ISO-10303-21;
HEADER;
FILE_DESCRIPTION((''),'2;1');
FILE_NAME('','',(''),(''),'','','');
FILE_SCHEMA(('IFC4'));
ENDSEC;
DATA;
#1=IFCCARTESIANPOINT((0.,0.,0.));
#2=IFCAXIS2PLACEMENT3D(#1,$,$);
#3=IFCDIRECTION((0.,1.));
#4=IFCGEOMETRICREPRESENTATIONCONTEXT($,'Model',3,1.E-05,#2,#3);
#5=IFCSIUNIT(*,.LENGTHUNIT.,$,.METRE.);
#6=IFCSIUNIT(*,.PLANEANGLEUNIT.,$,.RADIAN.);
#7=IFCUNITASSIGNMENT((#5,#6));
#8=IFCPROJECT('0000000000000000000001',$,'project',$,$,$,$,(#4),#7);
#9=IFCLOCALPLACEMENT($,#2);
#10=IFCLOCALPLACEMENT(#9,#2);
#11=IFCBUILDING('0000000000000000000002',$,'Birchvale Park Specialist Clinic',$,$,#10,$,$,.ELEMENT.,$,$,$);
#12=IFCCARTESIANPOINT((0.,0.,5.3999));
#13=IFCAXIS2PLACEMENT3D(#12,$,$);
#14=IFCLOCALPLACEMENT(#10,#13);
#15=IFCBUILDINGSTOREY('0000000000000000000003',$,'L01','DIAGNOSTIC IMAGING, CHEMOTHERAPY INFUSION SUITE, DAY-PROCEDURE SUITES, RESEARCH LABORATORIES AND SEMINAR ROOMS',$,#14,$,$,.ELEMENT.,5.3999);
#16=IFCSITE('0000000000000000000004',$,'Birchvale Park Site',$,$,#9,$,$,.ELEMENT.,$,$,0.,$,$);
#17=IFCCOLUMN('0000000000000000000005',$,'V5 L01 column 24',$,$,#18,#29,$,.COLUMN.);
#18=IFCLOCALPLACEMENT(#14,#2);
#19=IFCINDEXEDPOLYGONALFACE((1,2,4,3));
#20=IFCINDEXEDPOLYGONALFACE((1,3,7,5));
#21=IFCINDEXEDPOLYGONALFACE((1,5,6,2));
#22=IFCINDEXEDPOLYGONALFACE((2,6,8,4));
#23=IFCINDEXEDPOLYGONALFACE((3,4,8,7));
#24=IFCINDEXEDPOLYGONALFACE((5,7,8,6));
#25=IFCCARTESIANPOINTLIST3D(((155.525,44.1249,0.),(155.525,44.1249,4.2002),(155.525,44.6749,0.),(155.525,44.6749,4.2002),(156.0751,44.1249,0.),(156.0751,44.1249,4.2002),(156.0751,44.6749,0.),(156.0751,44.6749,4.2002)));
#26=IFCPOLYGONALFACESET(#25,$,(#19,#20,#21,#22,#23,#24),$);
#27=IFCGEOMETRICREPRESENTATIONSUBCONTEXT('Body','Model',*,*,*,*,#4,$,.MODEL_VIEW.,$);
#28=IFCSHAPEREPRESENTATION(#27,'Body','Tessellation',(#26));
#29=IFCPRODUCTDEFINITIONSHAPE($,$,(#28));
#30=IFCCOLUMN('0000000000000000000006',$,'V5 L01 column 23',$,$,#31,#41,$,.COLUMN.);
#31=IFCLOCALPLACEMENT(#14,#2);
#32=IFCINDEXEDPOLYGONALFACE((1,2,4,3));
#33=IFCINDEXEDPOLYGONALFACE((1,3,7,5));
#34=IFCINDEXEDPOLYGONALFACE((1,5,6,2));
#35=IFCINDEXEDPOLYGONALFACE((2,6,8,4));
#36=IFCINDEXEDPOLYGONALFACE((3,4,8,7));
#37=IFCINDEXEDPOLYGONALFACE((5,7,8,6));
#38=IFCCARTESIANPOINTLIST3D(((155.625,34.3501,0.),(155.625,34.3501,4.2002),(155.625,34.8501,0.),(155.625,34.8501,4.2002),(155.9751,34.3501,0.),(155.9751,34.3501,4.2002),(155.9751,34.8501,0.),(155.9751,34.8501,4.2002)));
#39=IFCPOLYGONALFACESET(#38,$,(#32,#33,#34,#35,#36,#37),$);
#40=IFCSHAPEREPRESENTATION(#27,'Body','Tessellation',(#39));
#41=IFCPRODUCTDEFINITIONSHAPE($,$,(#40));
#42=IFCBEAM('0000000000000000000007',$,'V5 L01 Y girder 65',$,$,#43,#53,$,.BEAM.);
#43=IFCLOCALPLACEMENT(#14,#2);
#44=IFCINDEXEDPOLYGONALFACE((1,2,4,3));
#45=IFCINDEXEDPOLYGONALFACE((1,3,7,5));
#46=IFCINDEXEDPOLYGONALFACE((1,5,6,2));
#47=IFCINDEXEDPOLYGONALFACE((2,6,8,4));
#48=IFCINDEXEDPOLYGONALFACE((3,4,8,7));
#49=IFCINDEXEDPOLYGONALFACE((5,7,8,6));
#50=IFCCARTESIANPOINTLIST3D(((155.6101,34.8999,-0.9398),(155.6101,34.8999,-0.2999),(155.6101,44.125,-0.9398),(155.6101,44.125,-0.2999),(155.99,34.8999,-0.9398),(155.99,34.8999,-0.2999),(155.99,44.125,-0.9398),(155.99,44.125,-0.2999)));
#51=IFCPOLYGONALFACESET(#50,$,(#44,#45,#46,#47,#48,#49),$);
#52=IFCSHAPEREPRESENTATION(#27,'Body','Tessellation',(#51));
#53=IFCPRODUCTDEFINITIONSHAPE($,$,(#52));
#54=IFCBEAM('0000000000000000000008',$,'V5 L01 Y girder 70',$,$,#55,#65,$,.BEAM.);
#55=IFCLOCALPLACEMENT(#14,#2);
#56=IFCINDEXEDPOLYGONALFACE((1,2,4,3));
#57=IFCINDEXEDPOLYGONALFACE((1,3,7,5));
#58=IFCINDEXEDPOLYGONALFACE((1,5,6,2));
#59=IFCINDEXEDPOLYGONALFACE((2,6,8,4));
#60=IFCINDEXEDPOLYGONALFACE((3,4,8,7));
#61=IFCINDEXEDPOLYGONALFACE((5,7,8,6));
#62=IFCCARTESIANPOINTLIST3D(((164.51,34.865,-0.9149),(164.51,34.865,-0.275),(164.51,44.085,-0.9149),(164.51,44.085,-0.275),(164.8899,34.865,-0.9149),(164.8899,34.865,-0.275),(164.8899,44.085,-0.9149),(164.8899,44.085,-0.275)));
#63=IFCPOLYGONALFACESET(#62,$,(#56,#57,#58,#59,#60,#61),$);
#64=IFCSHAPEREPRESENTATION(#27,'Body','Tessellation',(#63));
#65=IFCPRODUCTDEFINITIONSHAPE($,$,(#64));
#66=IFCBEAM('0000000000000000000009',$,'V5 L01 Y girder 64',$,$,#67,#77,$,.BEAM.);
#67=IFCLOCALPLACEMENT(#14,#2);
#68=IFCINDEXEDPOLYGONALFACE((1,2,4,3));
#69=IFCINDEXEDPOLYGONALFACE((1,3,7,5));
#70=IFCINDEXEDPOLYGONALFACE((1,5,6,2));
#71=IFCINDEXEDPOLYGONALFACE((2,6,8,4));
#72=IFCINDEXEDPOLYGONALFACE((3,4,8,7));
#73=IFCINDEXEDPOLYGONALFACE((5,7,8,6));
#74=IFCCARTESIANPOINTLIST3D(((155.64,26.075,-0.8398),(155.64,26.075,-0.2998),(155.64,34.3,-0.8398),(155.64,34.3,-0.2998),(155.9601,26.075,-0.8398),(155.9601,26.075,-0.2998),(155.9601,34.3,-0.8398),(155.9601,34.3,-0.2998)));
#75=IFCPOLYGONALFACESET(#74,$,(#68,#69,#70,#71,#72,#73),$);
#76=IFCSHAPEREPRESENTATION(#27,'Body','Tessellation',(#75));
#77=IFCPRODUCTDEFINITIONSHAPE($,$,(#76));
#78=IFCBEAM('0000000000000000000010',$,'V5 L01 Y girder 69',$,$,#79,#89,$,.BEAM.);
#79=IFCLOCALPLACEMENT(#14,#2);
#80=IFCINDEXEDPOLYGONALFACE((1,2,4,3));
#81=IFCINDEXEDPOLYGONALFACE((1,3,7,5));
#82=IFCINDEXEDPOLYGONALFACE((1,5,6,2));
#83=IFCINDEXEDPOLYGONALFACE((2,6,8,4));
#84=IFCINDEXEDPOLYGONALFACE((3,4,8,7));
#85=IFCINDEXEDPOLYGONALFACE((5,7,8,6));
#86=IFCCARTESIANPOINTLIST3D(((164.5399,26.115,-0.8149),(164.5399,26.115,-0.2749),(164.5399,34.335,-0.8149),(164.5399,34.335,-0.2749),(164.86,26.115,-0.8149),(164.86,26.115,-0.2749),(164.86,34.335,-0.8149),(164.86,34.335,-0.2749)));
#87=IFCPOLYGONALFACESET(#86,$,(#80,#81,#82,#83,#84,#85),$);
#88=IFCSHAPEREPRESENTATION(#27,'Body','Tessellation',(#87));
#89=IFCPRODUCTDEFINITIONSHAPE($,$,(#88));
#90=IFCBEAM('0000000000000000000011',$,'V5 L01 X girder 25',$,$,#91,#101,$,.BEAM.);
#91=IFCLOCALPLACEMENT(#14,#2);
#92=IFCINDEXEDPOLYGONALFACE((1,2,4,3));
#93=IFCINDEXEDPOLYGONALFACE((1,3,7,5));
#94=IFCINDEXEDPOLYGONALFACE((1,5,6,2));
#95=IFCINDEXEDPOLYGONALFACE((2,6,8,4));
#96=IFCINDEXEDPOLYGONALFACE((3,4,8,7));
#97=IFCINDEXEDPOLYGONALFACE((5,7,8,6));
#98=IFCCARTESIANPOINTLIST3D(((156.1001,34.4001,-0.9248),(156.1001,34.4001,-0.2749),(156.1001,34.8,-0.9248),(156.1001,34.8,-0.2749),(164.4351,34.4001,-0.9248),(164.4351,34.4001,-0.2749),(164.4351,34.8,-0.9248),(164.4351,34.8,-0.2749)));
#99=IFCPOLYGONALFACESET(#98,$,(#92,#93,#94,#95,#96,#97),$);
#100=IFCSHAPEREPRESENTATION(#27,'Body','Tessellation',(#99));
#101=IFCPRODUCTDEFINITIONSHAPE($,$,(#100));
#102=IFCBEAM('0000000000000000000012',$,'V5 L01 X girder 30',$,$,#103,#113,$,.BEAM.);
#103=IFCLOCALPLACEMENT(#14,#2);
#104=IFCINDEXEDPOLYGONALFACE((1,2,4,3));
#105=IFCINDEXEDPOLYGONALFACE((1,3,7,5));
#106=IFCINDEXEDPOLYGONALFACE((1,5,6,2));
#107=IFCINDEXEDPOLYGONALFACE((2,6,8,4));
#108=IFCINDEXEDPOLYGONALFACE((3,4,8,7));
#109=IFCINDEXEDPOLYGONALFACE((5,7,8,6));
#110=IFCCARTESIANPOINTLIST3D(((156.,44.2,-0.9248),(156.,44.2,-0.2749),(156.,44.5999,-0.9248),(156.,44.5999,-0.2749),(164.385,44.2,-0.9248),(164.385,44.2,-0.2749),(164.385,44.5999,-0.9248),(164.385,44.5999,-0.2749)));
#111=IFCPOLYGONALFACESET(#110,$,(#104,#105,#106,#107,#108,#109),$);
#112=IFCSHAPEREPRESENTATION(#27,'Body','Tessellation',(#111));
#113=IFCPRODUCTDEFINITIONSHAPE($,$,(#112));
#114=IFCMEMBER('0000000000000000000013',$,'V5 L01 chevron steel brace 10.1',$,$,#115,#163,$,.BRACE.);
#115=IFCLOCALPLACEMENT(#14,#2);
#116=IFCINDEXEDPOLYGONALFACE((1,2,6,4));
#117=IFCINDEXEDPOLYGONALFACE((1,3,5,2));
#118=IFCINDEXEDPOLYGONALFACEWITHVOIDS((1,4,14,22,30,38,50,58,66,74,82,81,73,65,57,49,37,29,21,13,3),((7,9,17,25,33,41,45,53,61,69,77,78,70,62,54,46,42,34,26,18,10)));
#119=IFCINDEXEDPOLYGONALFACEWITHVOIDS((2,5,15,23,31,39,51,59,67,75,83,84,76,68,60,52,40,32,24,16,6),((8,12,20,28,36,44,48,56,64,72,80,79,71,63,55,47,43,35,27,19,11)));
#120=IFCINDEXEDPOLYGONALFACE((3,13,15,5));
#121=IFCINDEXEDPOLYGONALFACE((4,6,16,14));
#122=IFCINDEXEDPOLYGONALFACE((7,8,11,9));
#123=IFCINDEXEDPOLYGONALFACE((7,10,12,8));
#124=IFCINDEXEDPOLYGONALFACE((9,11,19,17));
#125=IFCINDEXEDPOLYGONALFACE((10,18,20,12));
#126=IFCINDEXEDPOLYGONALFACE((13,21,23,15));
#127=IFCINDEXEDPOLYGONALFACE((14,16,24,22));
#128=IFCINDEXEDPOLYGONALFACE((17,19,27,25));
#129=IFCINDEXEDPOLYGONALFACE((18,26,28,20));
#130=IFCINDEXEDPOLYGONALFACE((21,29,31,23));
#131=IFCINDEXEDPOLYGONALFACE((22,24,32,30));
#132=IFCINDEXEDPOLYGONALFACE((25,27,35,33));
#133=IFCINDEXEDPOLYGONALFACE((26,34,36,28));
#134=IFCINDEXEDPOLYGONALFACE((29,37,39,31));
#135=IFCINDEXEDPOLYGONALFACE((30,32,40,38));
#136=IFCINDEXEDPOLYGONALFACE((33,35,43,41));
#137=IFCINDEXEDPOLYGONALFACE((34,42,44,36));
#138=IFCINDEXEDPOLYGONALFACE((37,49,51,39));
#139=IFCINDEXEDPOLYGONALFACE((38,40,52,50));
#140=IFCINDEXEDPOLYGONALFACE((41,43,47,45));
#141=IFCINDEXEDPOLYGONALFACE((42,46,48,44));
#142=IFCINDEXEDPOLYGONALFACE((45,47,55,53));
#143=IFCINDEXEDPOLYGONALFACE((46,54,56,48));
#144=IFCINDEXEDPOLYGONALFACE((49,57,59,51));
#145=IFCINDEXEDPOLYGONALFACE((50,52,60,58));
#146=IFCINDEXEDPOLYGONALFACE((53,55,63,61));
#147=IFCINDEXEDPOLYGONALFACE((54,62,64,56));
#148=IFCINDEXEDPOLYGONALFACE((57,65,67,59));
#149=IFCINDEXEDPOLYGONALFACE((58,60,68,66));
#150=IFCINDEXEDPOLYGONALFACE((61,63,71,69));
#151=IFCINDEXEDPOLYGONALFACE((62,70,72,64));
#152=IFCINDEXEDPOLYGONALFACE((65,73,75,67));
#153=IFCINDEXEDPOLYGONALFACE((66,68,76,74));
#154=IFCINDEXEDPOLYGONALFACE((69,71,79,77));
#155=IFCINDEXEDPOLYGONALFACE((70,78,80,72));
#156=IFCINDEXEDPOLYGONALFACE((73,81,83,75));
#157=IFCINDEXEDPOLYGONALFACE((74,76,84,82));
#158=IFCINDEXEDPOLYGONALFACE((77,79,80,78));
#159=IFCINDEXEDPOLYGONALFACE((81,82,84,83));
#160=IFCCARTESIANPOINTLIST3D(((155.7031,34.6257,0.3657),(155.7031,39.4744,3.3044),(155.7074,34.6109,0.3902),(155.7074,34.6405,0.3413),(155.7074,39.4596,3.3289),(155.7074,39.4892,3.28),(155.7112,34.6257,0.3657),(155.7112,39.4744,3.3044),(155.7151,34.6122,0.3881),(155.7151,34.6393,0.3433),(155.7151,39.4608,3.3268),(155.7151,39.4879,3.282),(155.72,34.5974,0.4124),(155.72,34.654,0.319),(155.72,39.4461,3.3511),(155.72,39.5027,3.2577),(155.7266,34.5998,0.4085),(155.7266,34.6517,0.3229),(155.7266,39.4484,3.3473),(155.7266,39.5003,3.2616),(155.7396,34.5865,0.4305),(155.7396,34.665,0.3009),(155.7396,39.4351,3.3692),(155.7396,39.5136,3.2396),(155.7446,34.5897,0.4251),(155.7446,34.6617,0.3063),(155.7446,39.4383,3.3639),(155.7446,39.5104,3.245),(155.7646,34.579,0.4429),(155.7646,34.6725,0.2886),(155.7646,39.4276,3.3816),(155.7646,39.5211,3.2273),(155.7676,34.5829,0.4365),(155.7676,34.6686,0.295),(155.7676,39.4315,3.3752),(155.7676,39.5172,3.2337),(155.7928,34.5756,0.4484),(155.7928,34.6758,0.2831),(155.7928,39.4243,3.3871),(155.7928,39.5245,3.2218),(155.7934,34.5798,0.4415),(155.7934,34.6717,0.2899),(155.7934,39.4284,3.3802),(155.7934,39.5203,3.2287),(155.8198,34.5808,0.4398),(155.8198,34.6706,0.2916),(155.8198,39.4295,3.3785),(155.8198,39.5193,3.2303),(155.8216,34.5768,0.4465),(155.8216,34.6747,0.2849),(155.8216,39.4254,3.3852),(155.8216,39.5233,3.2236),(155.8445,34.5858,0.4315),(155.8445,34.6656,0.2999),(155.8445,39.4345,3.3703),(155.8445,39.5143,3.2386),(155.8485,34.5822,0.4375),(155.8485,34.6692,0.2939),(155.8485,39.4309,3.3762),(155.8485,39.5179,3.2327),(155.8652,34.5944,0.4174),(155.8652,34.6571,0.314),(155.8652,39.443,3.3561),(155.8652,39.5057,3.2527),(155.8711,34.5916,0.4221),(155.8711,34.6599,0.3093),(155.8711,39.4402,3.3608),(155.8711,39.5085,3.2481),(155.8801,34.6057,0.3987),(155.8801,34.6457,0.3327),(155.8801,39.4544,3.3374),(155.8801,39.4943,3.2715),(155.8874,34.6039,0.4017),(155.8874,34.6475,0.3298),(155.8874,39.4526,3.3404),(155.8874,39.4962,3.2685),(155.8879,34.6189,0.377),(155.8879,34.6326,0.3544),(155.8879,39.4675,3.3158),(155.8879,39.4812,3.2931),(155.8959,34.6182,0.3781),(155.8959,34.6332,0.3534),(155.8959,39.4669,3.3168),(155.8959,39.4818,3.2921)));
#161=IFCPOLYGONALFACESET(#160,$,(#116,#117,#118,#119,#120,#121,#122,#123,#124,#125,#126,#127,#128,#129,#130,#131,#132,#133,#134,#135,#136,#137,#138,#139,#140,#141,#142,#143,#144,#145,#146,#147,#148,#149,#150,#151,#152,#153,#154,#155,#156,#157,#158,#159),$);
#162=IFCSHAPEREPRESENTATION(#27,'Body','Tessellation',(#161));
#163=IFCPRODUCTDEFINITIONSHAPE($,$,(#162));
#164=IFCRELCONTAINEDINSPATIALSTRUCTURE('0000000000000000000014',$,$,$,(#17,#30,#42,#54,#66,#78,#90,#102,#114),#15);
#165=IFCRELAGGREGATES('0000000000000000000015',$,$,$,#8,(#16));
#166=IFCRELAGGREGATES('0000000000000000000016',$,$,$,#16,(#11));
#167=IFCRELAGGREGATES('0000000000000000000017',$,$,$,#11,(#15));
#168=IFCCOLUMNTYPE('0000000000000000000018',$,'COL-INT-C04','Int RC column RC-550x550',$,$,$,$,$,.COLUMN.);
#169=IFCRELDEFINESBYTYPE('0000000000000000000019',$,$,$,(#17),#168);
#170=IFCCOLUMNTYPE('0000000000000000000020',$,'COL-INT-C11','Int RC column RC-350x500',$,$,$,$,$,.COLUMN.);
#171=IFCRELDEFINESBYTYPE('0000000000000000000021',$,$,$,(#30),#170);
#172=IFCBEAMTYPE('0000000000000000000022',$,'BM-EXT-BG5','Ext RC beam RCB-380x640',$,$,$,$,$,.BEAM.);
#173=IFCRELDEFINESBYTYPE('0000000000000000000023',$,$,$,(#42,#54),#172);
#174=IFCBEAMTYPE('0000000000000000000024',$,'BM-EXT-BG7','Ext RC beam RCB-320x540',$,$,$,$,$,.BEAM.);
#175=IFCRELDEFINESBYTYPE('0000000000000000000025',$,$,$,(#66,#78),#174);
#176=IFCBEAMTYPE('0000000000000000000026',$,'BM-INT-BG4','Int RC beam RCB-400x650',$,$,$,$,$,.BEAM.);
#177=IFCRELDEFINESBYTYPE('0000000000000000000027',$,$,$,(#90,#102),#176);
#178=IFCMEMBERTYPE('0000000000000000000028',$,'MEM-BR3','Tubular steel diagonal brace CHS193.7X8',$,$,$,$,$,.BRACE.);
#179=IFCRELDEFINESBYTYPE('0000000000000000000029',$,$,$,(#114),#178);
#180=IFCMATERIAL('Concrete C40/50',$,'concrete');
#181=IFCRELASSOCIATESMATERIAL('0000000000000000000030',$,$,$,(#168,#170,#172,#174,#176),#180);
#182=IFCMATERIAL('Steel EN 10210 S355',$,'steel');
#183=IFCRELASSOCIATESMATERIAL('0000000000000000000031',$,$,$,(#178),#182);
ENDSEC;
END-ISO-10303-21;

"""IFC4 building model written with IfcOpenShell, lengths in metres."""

from ifc_helpers import new_model, si_unit, direction, frame, origin, origin_2d, place, context, subcontext, project, spatial, rectangle, hollow_circle, extrude, material, material_profile, profile_set, type_object, element, save


model = new_model("IFC4")

# Units and contexts
model_context = context("Model", 3, precision=1e-05, world=origin(), true_north=direction((0.0, 1.0)))
body_context = subcontext(model_context, "Body", "Model", "MODEL_VIEW")
ifc_project = project(units=[si_unit("LENGTHUNIT", "METRE"), si_unit("PLANEANGLEUNIT", "RADIAN")], contexts=[model_context])

# Site, building, storey
site_placement = place(None, origin())
site = spatial("IfcSite", under=ifc_project, at=site_placement, Name="Birchvale Park Site", CompositionType="ELEMENT", RefElevation=0.0)
building_placement = place(site_placement, origin())
building = spatial("IfcBuilding", under=site, at=building_placement, Name="Birchvale Park Specialist Clinic", CompositionType="ELEMENT")
storey_placement = place(building_placement, frame((0.0, 0.0, 5.3999)))
storey = spatial("IfcBuildingStorey", under=building, at=storey_placement, Name="L01", Description="DIAGNOSTIC IMAGING, CHEMOTHERAPY INFUSION SUITE, DAY-PROCEDURE SUITES, RESEARCH LABORATORIES AND SEMINAR ROOMS", CompositionType="ELEMENT", Elevation=5.3999)

# Columns
ifc_material_1 = material(Name="Concrete C40/50", Category="concrete")
ifc_material_profile_1 = material_profile(ifc_material_1, rectangle(XDim=0.55, YDim=0.55, at=origin_2d()), Name="RC-550x550")
ifc_profile_set_1 = profile_set([ifc_material_profile_1], Name="Concrete C40/50")
column_type_1 = type_object("IfcColumnType", Name="COL-INT-C04", Description="Int RC column RC-550x550", PredefinedType="COLUMN", material=ifc_profile_set_1)
column_1_placement = place(storey_placement, frame((155.8, 44.3999, 0.0), z_axis=(0.0, 0.0, 1.0), x_axis=(1.0, 0.0, 0.0)))
element("IfcColumn", 1, at=column_1_placement, inside=storey, type_object=column_type_1, Name="V5 L01 column 24", PredefinedType="COLUMN", context=body_context, shape_type="SweptSolid", body=[
    extrude(rectangle(XDim=0.55, YDim=0.55, at=origin_2d()), origin(), (0.0, 0.0, 1.0), 4.2002),
])
ifc_material_profile_2 = material_profile(ifc_material_1, rectangle(XDim=0.3501, YDim=0.5, at=origin_2d()), Name="RC-350x500")
ifc_profile_set_2 = profile_set([ifc_material_profile_2], Name="Concrete C40/50")
column_type_2 = type_object("IfcColumnType", Name="COL-INT-C11", Description="Int RC column RC-350x500", PredefinedType="COLUMN", material=ifc_profile_set_2)
column_2_placement = place(storey_placement, frame((155.8, 34.6001, 0.0), z_axis=(0.0, 0.0, 1.0), x_axis=(1.0, 0.0, 0.0)))
element("IfcColumn", 2, at=column_2_placement, inside=storey, type_object=column_type_2, Name="V5 L01 column 23", PredefinedType="COLUMN", context=body_context, shape_type="SweptSolid", body=[
    extrude(rectangle(XDim=0.3501, YDim=0.5, at=origin_2d()), origin(), (0.0, 0.0, 1.0), 4.2002),
])

# Beams
ifc_material_profile_3 = material_profile(ifc_material_1, rectangle(XDim=0.3799, YDim=0.6399, at=origin_2d()), Name="RCB-380x640")
ifc_profile_set_3 = profile_set([ifc_material_profile_3], Name="Concrete C40/50")
beam_type_1 = type_object("IfcBeamType", Name="BM-EXT-BG5", Description="Ext RC beam RCB-380x640", PredefinedType="BEAM", material=ifc_profile_set_3)
beam_1_placement = place(storey_placement, frame((155.8, 34.8999, -0.6199), z_axis=(0.0, 1.0, 0.0), x_axis=(-1.0, 0.0, 0.0)))
element("IfcBeam", 3, at=beam_1_placement, inside=storey, type_object=beam_type_1, Name="V5 L01 Y girder 65", PredefinedType="BEAM", context=body_context, shape_type="SweptSolid", body=[
    extrude(rectangle(XDim=0.3799, YDim=0.6399, at=origin_2d()), origin(), (0.0, 0.0, 1.0), 9.2251),
])
beam_2_placement = place(storey_placement, frame((164.7, 34.865, -0.595), z_axis=(0.0, 1.0, 0.0), x_axis=(-1.0, 0.0, 0.0)))
element("IfcBeam", 4, at=beam_2_placement, inside=storey, type_object=beam_type_1, Name="V5 L01 Y girder 70", PredefinedType="BEAM", context=body_context, shape_type="SweptSolid", body=[
    extrude(rectangle(XDim=0.3799, YDim=0.6399, at=origin_2d()), origin(), (0.0, 0.0, 1.0), 9.22),
])
ifc_material_profile_4 = material_profile(ifc_material_1, rectangle(XDim=0.3201, YDim=0.54, at=origin_2d()), Name="RCB-320x540")
ifc_profile_set_4 = profile_set([ifc_material_profile_4], Name="Concrete C40/50")
beam_type_2 = type_object("IfcBeamType", Name="BM-EXT-BG7", Description="Ext RC beam RCB-320x540", PredefinedType="BEAM", material=ifc_profile_set_4)
beam_3_placement = place(storey_placement, frame((155.8, 26.075, -0.5698), z_axis=(0.0, 1.0, 0.0), x_axis=(-1.0, 0.0, 0.0)))
element("IfcBeam", 5, at=beam_3_placement, inside=storey, type_object=beam_type_2, Name="V5 L01 Y girder 64", PredefinedType="BEAM", context=body_context, shape_type="SweptSolid", body=[
    extrude(rectangle(XDim=0.3201, YDim=0.54, at=origin_2d()), origin(), (0.0, 0.0, 1.0), 8.2251),
])
beam_4_placement = place(storey_placement, frame((164.7, 26.115, -0.5449), z_axis=(0.0, 1.0, 0.0), x_axis=(-1.0, 0.0, 0.0)))
element("IfcBeam", 6, at=beam_4_placement, inside=storey, type_object=beam_type_2, Name="V5 L01 Y girder 69", PredefinedType="BEAM", context=body_context, shape_type="SweptSolid", body=[
    extrude(rectangle(XDim=0.3201, YDim=0.54, at=origin_2d()), origin(), (0.0, 0.0, 1.0), 8.22),
])
ifc_material_profile_5 = material_profile(ifc_material_1, rectangle(XDim=0.3999, YDim=0.6499, at=origin_2d()), Name="RCB-400x650")
ifc_profile_set_5 = profile_set([ifc_material_profile_5], Name="Concrete C40/50")
beam_type_3 = type_object("IfcBeamType", Name="BM-INT-BG4", Description="Int RC beam RCB-400x650", PredefinedType="BEAM", material=ifc_profile_set_5)
beam_5_placement = place(storey_placement, frame((156.1001, 34.6001, -0.5999), z_axis=(1.0, 0.0, 0.0), x_axis=(0.0, 1.0, 0.0)))
element("IfcBeam", 7, at=beam_5_placement, inside=storey, type_object=beam_type_3, Name="V5 L01 X girder 25", PredefinedType="BEAM", context=body_context, shape_type="SweptSolid", body=[
    extrude(rectangle(XDim=0.3999, YDim=0.6499, at=origin_2d()), origin(), (0.0, 0.0, 1.0), 8.335),
])
beam_6_placement = place(storey_placement, frame((156.0, 44.3999, -0.5999), z_axis=(1.0, 0.0, 0.0), x_axis=(0.0, 1.0, 0.0)))
element("IfcBeam", 8, at=beam_6_placement, inside=storey, type_object=beam_type_3, Name="V5 L01 X girder 30", PredefinedType="BEAM", context=body_context, shape_type="SweptSolid", body=[
    extrude(rectangle(XDim=0.3999, YDim=0.6499, at=origin_2d()), origin(), (0.0, 0.0, 1.0), 8.385),
])

# Member
ifc_material_2 = material(Name="Steel EN 10210 S355", Category="steel")
ifc_material_profile_6 = material_profile(ifc_material_2, hollow_circle(Radius=0.0969, WallThickness=0.0081, at=origin_2d()), Name="CHS193.7X8")
ifc_profile_set_6 = profile_set([ifc_material_profile_6], Name="Steel EN 10210 S355")
member_type = type_object("IfcMemberType", Name="MEM-BR3", Description="Tubular steel diagonal brace CHS193.7X8", PredefinedType="BRACE", material=ifc_profile_set_6)
for number, where, z_axis, x_axis, name in (
    (9, (155.8, 34.6257, 0.3657), (0.0, 0.855186, 0.518322), (-1.0, 0.0, 0.0), "V5 L01 chevron steel brace 10.1"),
):
    element("IfcMember", number, at=place(storey_placement, frame(where, z_axis=z_axis, x_axis=x_axis)), inside=storey, type_object=member_type, Name=name, PredefinedType="BRACE", context=body_context, shape_type="SweptSolid", body=[
        extrude(hollow_circle(Radius=0.0969, WallThickness=0.0081, at=origin_2d()), origin(), (0.0, 0.0, 1.0), 5.6697),
    ])

save(model, "model.ifc")
